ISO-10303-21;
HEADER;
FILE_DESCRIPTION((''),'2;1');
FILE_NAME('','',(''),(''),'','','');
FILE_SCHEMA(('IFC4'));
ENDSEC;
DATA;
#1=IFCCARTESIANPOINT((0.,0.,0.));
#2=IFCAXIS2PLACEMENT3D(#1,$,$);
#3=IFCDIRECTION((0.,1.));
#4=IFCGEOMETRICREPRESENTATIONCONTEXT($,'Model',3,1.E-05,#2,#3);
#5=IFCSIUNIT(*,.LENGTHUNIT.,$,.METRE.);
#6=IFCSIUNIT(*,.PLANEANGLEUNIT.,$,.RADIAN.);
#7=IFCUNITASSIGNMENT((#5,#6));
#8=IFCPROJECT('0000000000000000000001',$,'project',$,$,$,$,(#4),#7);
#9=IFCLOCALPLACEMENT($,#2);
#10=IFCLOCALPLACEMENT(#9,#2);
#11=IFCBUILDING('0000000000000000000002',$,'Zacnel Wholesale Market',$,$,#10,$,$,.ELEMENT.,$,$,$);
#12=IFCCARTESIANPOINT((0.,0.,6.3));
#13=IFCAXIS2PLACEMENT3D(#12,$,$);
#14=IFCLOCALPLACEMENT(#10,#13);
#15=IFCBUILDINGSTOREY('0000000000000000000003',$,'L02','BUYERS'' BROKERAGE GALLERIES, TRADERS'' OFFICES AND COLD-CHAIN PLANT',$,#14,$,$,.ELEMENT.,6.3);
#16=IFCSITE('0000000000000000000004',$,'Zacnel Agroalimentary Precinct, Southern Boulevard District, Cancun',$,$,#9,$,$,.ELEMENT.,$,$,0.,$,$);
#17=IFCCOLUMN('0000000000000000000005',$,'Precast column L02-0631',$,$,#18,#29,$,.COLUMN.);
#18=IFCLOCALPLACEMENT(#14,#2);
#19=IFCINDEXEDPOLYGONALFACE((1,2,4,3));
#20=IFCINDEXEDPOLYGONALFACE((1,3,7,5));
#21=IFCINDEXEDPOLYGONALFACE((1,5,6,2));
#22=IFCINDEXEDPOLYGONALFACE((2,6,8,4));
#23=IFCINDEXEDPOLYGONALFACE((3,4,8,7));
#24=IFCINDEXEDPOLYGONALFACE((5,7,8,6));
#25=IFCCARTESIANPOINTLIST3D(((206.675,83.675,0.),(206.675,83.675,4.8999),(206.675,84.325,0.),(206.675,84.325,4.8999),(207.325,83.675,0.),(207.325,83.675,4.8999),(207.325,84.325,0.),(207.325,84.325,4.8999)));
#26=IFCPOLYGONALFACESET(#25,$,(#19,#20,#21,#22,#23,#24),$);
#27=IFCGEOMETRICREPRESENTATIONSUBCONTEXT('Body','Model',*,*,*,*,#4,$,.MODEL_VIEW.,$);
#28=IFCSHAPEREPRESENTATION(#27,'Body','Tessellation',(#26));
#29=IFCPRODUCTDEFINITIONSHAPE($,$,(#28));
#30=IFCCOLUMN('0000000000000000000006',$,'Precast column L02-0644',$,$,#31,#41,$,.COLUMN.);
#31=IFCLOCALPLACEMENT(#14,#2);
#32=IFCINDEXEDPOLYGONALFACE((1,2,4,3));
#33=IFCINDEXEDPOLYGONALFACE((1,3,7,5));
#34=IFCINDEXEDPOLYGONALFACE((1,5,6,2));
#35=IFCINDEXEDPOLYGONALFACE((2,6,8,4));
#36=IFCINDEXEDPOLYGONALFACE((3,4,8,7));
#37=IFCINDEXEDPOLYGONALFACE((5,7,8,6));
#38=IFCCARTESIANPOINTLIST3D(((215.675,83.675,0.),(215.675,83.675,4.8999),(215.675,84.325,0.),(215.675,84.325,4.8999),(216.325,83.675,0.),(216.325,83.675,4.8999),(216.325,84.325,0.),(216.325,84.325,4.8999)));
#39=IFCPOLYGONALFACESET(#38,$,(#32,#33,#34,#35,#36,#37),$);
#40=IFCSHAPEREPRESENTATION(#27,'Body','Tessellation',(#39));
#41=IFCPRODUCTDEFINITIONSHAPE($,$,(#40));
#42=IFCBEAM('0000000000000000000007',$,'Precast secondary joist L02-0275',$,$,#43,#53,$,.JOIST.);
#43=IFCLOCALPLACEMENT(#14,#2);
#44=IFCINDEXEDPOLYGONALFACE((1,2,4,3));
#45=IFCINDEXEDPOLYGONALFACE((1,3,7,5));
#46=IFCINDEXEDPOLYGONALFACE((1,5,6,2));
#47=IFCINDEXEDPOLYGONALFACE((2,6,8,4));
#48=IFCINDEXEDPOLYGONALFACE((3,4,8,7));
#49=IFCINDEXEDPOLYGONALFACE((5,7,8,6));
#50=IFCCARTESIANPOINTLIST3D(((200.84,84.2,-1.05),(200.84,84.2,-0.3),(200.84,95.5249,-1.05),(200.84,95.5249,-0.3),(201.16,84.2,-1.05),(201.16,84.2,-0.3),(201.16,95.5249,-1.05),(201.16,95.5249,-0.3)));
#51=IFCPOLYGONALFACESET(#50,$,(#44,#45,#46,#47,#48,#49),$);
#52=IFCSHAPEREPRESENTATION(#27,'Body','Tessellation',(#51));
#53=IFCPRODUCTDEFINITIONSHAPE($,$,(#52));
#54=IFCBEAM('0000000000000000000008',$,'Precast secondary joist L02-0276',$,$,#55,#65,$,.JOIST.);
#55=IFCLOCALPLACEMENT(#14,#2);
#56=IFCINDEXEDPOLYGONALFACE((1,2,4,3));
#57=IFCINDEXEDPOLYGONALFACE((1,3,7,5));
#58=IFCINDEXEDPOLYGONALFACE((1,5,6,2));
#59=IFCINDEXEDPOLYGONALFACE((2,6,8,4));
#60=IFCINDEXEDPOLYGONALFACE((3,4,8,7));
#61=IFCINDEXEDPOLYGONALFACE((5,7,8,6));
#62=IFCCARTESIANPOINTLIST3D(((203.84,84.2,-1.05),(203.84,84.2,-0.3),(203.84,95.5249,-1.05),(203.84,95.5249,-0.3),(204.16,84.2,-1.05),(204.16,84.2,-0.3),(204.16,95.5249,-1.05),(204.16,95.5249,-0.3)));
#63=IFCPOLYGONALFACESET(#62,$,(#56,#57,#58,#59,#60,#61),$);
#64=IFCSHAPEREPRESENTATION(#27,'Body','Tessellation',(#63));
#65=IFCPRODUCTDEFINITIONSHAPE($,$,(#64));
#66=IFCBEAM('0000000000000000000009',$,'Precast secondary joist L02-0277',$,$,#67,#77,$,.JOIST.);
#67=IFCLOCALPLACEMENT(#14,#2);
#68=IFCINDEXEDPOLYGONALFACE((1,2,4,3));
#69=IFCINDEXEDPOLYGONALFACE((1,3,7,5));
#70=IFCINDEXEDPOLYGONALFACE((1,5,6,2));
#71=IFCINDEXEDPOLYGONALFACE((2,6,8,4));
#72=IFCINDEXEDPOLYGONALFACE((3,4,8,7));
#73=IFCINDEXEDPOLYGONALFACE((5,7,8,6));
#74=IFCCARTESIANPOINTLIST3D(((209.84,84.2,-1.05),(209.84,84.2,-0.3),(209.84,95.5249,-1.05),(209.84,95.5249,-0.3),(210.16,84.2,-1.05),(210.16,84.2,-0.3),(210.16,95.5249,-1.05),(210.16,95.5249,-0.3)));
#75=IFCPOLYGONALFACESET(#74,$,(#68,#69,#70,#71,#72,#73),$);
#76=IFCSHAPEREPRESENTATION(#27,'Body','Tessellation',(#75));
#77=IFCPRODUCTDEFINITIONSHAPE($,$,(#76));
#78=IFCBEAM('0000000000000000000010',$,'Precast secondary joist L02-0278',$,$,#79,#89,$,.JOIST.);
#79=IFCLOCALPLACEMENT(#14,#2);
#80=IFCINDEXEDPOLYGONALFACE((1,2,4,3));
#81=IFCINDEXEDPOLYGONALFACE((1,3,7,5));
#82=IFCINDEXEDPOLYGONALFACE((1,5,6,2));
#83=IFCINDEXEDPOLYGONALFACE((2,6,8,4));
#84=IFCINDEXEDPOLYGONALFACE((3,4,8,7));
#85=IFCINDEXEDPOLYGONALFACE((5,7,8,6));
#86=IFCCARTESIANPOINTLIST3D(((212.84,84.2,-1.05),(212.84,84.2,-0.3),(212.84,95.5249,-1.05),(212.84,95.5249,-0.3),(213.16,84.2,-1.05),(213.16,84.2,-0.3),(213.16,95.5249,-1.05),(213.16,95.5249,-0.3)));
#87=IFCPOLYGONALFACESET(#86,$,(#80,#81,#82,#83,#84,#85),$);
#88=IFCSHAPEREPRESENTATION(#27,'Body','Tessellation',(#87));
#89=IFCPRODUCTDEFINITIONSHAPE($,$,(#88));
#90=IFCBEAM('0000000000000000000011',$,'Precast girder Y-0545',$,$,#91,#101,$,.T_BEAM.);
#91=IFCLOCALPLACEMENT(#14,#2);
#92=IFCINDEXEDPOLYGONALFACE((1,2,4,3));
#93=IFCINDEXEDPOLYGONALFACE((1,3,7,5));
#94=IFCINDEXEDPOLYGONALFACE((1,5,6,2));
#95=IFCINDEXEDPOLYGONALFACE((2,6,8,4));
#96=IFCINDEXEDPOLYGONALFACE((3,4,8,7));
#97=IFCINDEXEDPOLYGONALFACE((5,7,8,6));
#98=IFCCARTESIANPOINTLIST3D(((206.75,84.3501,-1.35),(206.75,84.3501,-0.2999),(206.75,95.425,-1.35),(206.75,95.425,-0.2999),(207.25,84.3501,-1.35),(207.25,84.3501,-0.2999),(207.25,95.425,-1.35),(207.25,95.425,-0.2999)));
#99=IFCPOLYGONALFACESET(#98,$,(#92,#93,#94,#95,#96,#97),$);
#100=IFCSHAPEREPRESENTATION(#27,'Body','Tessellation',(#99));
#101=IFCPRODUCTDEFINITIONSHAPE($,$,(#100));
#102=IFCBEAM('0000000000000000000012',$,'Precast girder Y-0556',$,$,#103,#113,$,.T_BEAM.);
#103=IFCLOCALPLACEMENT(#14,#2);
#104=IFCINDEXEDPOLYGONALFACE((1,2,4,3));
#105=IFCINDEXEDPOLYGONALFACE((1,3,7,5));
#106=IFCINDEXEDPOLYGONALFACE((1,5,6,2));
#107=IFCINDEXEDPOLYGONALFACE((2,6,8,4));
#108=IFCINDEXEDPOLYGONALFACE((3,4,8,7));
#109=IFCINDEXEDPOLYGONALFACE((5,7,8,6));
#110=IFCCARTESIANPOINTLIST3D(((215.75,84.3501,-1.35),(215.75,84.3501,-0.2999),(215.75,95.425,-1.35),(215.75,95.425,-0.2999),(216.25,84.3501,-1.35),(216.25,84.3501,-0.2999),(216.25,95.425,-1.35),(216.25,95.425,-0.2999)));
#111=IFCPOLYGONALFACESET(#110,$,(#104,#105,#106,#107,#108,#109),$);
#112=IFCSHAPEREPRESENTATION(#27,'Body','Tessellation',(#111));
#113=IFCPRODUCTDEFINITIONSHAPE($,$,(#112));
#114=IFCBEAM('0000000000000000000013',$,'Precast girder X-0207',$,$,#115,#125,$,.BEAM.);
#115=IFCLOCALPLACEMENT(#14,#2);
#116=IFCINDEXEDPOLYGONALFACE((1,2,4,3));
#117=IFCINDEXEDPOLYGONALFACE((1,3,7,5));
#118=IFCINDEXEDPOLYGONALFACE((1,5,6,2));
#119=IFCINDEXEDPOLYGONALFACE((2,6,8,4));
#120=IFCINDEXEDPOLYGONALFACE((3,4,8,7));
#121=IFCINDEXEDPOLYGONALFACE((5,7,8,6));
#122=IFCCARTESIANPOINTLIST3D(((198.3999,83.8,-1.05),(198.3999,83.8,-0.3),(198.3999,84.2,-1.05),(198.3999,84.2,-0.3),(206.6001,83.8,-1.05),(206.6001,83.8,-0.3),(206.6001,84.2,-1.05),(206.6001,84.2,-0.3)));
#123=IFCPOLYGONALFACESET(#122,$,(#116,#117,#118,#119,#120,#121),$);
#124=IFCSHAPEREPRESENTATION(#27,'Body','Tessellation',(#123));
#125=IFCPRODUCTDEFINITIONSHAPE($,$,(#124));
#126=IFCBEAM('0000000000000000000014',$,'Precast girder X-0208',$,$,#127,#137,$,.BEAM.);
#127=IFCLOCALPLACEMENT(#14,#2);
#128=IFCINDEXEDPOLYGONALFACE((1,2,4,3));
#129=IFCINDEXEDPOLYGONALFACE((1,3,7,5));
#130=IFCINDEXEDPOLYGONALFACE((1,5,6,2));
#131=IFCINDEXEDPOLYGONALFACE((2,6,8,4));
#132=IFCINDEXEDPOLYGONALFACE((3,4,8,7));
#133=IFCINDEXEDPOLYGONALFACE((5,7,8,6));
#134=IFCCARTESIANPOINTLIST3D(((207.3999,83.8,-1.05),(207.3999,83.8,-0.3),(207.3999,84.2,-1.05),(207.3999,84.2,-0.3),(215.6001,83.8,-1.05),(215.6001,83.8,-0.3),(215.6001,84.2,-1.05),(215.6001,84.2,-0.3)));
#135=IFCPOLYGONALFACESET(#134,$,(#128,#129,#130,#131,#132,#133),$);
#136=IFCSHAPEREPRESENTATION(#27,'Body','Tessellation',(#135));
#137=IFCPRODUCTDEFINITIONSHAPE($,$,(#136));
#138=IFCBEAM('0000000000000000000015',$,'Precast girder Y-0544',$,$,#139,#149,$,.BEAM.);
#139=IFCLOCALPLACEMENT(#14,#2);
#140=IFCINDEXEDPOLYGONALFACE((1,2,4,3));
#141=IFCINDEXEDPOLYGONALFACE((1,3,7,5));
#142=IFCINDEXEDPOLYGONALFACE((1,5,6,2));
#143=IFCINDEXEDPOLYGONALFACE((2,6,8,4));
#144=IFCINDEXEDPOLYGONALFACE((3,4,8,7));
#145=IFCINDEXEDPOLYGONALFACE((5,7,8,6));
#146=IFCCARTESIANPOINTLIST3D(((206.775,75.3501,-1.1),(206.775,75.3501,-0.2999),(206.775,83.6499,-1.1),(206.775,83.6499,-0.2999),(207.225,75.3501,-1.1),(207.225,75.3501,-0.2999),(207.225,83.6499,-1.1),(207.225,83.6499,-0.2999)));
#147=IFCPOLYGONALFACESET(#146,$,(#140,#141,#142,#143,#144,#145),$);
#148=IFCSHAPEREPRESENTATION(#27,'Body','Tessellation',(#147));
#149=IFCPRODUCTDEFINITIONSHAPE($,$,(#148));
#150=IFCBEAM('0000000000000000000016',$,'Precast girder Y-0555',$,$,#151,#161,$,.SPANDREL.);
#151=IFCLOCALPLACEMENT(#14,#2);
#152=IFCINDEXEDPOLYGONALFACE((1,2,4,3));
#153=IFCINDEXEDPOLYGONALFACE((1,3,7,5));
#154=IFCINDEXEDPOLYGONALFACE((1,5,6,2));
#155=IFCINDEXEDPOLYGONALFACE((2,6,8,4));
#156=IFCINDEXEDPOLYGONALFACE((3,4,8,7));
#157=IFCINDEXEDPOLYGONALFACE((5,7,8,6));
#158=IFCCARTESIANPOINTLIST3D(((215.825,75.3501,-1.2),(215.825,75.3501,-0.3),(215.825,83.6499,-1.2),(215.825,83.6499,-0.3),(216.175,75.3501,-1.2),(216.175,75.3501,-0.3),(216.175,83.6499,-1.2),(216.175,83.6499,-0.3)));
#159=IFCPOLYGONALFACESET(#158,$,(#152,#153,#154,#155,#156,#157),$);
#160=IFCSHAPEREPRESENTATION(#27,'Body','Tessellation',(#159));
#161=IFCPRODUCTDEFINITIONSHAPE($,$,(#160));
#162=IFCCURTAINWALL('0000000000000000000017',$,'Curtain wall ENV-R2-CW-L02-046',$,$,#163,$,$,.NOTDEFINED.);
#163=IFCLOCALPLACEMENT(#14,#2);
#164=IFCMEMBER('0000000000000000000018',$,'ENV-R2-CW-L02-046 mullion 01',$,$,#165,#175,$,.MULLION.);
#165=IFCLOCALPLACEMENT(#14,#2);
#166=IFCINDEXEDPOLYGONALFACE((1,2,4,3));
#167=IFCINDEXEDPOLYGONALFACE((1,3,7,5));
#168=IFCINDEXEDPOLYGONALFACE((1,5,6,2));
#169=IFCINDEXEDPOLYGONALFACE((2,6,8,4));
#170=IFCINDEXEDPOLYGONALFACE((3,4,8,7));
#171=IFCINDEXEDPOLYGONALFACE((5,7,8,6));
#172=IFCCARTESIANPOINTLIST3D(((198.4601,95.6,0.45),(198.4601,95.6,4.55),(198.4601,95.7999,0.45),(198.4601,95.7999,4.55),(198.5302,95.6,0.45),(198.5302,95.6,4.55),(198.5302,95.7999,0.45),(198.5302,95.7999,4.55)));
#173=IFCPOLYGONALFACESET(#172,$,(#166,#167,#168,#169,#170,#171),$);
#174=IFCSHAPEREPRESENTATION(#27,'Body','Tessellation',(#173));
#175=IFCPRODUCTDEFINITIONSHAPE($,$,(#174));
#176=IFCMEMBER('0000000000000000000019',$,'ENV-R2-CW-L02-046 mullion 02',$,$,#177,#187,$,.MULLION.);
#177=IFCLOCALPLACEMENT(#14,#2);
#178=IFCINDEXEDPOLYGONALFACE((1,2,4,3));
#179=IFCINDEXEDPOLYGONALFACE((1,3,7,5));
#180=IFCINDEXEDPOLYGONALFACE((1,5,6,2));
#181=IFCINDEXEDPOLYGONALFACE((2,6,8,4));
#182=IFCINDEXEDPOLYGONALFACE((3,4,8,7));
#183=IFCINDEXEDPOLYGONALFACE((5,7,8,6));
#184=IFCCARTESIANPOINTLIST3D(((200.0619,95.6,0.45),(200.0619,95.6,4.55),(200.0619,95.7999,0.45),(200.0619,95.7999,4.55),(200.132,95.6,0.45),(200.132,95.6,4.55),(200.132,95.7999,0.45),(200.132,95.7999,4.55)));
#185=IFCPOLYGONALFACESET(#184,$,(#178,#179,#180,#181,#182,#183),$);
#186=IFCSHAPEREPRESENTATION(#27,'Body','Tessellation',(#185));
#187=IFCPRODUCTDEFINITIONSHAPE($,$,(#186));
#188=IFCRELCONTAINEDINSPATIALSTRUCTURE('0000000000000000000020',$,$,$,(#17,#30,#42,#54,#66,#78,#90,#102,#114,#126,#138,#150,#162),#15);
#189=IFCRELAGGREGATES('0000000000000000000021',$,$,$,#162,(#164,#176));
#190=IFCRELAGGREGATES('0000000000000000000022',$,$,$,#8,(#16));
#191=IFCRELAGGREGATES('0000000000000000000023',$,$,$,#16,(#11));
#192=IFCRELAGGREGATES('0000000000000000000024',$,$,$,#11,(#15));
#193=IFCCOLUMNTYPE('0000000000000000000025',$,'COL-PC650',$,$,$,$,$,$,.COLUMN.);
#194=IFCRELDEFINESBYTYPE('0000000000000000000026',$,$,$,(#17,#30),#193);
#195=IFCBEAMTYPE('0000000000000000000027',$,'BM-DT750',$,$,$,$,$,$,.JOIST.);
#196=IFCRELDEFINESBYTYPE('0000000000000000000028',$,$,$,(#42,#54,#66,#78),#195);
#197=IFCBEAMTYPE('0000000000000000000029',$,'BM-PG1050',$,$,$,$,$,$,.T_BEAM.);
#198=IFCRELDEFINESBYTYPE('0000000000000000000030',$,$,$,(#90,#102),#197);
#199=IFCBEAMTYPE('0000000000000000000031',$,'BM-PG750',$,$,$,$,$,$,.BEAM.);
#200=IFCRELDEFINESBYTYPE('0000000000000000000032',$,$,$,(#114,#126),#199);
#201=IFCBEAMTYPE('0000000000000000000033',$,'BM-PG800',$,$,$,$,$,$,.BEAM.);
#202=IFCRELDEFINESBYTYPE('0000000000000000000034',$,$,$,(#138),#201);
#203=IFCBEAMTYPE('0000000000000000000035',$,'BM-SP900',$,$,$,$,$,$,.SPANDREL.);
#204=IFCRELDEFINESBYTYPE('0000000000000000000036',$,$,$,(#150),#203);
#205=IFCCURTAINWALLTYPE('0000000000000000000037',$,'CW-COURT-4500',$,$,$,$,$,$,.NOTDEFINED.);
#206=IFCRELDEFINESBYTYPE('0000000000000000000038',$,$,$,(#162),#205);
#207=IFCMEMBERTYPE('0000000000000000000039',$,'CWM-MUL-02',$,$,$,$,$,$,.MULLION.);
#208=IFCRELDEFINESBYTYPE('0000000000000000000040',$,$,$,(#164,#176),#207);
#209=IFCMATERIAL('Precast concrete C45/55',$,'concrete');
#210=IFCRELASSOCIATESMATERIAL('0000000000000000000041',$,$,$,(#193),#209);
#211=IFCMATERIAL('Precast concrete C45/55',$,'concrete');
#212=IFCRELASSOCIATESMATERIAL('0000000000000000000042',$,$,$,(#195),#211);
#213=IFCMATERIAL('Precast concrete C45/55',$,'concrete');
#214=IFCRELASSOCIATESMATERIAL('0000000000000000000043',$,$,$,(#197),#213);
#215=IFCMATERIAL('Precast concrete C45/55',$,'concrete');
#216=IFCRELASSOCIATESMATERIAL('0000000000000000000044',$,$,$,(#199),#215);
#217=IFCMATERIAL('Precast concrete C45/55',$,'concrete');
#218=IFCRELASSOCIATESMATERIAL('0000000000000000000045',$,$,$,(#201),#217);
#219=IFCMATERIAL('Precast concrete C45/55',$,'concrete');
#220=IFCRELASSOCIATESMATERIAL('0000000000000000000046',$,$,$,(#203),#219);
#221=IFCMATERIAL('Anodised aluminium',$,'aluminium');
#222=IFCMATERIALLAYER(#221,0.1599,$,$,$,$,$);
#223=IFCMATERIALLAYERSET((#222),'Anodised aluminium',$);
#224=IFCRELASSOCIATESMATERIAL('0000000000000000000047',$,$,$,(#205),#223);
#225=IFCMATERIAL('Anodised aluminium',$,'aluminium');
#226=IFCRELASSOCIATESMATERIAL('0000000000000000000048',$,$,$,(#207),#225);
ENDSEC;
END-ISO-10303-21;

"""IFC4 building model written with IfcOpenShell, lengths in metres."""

from ifc_helpers import new_model, si_unit, direction, frame, origin, origin_2d, place, context, subcontext, project, spatial, rectangle, extrude, material, layer, layer_set, material_profile, profile_set, type_object, element, aggregate, save


model = new_model("IFC4")

# Units and contexts
model_context = context("Model", 3, precision=1e-05, world=origin(), true_north=direction((0.0, 1.0)))
body_context = subcontext(model_context, "Body", "Model", "MODEL_VIEW")
ifc_project = project(units=[si_unit("LENGTHUNIT", "METRE"), si_unit("PLANEANGLEUNIT", "RADIAN")], contexts=[model_context])

# Site, building, storey
site_placement = place(None, origin())
site = spatial("IfcSite", under=ifc_project, at=site_placement, Name="Zacnel Agroalimentary Precinct, Southern Boulevard District, Cancun", CompositionType="ELEMENT", RefElevation=0.0)
building_placement = place(site_placement, origin())
building = spatial("IfcBuilding", under=site, at=building_placement, Name="Zacnel Wholesale Market", CompositionType="ELEMENT")
storey_placement = place(building_placement, frame((0.0, 0.0, 6.3)))
storey = spatial("IfcBuildingStorey", under=building, at=storey_placement, Name="L02", Description="BUYERS' BROKERAGE GALLERIES, TRADERS' OFFICES AND COLD-CHAIN PLANT", CompositionType="ELEMENT", Elevation=6.3)

# Columns
ifc_material_1 = material(Name="Precast concrete C45/55", Category="concrete")
ifc_material_profile_1 = material_profile(ifc_material_1, rectangle(XDim=0.6499, YDim=0.6499, at=origin_2d()), Name="PC 650x650")
ifc_profile_set_1 = profile_set([ifc_material_profile_1], Name="Precast concrete C45/55")
column_type = type_object("IfcColumnType", Name="COL-PC650", PredefinedType="COLUMN", material=ifc_profile_set_1)
for number, where, z_axis, x_axis, name in (
    (1, (207.0, 84.0, 0.0), (0.0, 0.0, 1.0), (1.0, 0.0, 0.0), "Precast column L02-0631"),
    (2, (216.0, 84.0, 0.0), (0.0, 0.0, 1.0), (1.0, 0.0, 0.0), "Precast column L02-0644"),
):
    element("IfcColumn", number, at=place(storey_placement, frame(where, z_axis=z_axis, x_axis=x_axis)), inside=storey, type_object=column_type, Name=name, PredefinedType="COLUMN", context=body_context, shape_type="SweptSolid", body=[
        extrude(rectangle(XDim=0.6499, YDim=0.6499, at=origin_2d()), origin(), (0.0, 0.0, 1.0), 4.8999),
    ])

# Beams
ifc_material_2 = material(Name="Precast concrete C45/55", Category="concrete")
ifc_material_profile_2 = material_profile(ifc_material_2, rectangle(XDim=0.3201, YDim=0.75, at=origin_2d()), Name="DT RIB 320x750")
ifc_profile_set_2 = profile_set([ifc_material_profile_2], Name="Precast concrete C45/55")
beam_type_1 = type_object("IfcBeamType", Name="BM-DT750", PredefinedType="JOIST", material=ifc_profile_set_2)
for number, where, z_axis, x_axis, name in (
    (3, (201.0, 84.2, -0.675), (0.0, 1.0, 0.0), (-1.0, 0.0, 0.0), "Precast secondary joist L02-0275"),
    (4, (204.0, 84.2, -0.675), (0.0, 1.0, 0.0), (-1.0, 0.0, 0.0), "Precast secondary joist L02-0276"),
    (5, (210.0, 84.2, -0.675), (0.0, 1.0, 0.0), (-1.0, 0.0, 0.0), "Precast secondary joist L02-0277"),
    (6, (213.0, 84.2, -0.675), (0.0, 1.0, 0.0), (-1.0, 0.0, 0.0), "Precast secondary joist L02-0278"),
):
    element("IfcBeam", number, at=place(storey_placement, frame(where, z_axis=z_axis, x_axis=x_axis)), inside=storey, type_object=beam_type_1, Name=name, PredefinedType="JOIST", context=body_context, shape_type="SweptSolid", body=[
        extrude(rectangle(XDim=0.3201, YDim=0.75, at=origin_2d()), origin(), (0.0, 0.0, 1.0), 11.325),
    ])
ifc_material_3 = material(Name="Precast concrete C45/55", Category="concrete")
ifc_material_profile_3 = material_profile(ifc_material_3, rectangle(XDim=0.5, YDim=1.05, at=origin_2d()), Name="PG 500x1050")
ifc_profile_set_3 = profile_set([ifc_material_profile_3], Name="Precast concrete C45/55")
beam_type_2 = type_object("IfcBeamType", Name="BM-PG1050", PredefinedType="T_BEAM", material=ifc_profile_set_3)
for number, where, z_axis, x_axis, name in (
    (7, (207.0, 84.3501, -0.825), (0.0, 1.0, 0.0), (-1.0, 0.0, 0.0), "Precast girder Y-0545"),
    (8, (216.0, 84.3501, -0.825), (0.0, 1.0, 0.0), (-1.0, 0.0, 0.0), "Precast girder Y-0556"),
):
    element("IfcBeam", number, at=place(storey_placement, frame(where, z_axis=z_axis, x_axis=x_axis)), inside=storey, type_object=beam_type_2, Name=name, PredefinedType="T_BEAM", context=body_context, shape_type="SweptSolid", body=[
        extrude(rectangle(XDim=0.5, YDim=1.05, at=origin_2d()), origin(), (0.0, 0.0, 1.0), 11.075),
    ])
ifc_material_4 = material(Name="Precast concrete C45/55", Category="concrete")
ifc_material_profile_4 = material_profile(ifc_material_4, rectangle(XDim=0.3999, YDim=0.75, at=origin_2d()), Name="PG 400x750")
ifc_profile_set_4 = profile_set([ifc_material_profile_4], Name="Precast concrete C45/55")
beam_type_3 = type_object("IfcBeamType", Name="BM-PG750", PredefinedType="BEAM", material=ifc_profile_set_4)
for number, where, z_axis, x_axis, name in (
    (9, (198.3999, 84.0, -0.675), (1.0, 0.0, 0.0), (0.0, 1.0, 0.0), "Precast girder X-0207"),
    (10, (207.3999, 84.0, -0.675), (1.0, 0.0, 0.0), (0.0, 1.0, 0.0), "Precast girder X-0208"),
):
    element("IfcBeam", number, at=place(storey_placement, frame(where, z_axis=z_axis, x_axis=x_axis)), inside=storey, type_object=beam_type_3, Name=name, PredefinedType="BEAM", context=body_context, shape_type="SweptSolid", body=[
        extrude(rectangle(XDim=0.3999, YDim=0.75, at=origin_2d()), origin(), (0.0, 0.0, 1.0), 8.2002),
    ])
ifc_material_5 = material(Name="Precast concrete C45/55", Category="concrete")
ifc_material_profile_5 = material_profile(ifc_material_5, rectangle(XDim=0.45, YDim=0.8, at=origin_2d()), Name="PG 450x800")
ifc_profile_set_5 = profile_set([ifc_material_profile_5], Name="Precast concrete C45/55")
beam_type_4 = type_object("IfcBeamType", Name="BM-PG800", PredefinedType="BEAM", material=ifc_profile_set_5)
beam_1_placement = place(storey_placement, frame((207.0, 75.3501, -0.7), z_axis=(0.0, 1.0, 0.0), x_axis=(-1.0, 0.0, 0.0)))
element("IfcBeam", 11, at=beam_1_placement, inside=storey, type_object=beam_type_4, Name="Precast girder Y-0544", PredefinedType="BEAM", context=body_context, shape_type="SweptSolid", body=[
    extrude(rectangle(XDim=0.45, YDim=0.8, at=origin_2d()), origin(), (0.0, 0.0, 1.0), 8.2998),
])
ifc_material_6 = material(Name="Precast concrete C45/55", Category="concrete")
ifc_material_profile_6 = material_profile(ifc_material_6, rectangle(XDim=0.3501, YDim=0.8999, at=origin_2d()), Name="SP 350x900")
ifc_profile_set_6 = profile_set([ifc_material_profile_6], Name="Precast concrete C45/55")
beam_type_5 = type_object("IfcBeamType", Name="BM-SP900", PredefinedType="SPANDREL", material=ifc_profile_set_6)
beam_2_placement = place(storey_placement, frame((216.0, 75.3501, -0.75), z_axis=(0.0, 1.0, 0.0), x_axis=(-1.0, 0.0, 0.0)))
element("IfcBeam", 12, at=beam_2_placement, inside=storey, type_object=beam_type_5, Name="Precast girder Y-0555", PredefinedType="SPANDREL", context=body_context, shape_type="SweptSolid", body=[
    extrude(rectangle(XDim=0.3501, YDim=0.8999, at=origin_2d()), origin(), (0.0, 0.0, 1.0), 8.2998),
])

# Curtain wall, members
ifc_material_7 = material(Name="Anodised aluminium", Category="aluminium")
ifc_layer_1 = layer(ifc_material_7, 0.1599)
ifc_layer_set_1 = layer_set([ifc_layer_1], Name="Anodised aluminium")
curtain_wall_type = type_object("IfcCurtainWallType", Name="CW-COURT-4500", PredefinedType="NOTDEFINED", material=ifc_layer_set_1)
curtain_wall_placement = place(storey_placement, origin())
curtain_wall = element("IfcCurtainWall", 13, at=curtain_wall_placement, inside=storey, type_object=curtain_wall_type, Name="Curtain wall ENV-R2-CW-L02-046", PredefinedType="NOTDEFINED")
ifc_material_8 = material(Name="Anodised aluminium", Category="aluminium")
ifc_material_profile_7 = material_profile(ifc_material_8, rectangle(XDim=0.0701, YDim=0.2, at=origin_2d()), Name="AW-MULLION 70x200")
ifc_profile_set_7 = profile_set([ifc_material_profile_7], Name="Anodised aluminium")
member_type_1 = type_object("IfcMemberType", Name="CWM-MUL-02", PredefinedType="MULLION", material=ifc_profile_set_7)
member_1_placement = place(storey_placement, frame((198.4951, 95.7, 0.45), z_axis=(0.0, 0.0, 1.0), x_axis=(1.0, 0.0, 0.0)))
member_1 = element("IfcMember", 14, at=member_1_placement, type_object=member_type_1, Name="ENV-R2-CW-L02-046 mullion 01", PredefinedType="MULLION", context=body_context, shape_type="SweptSolid", body=[
    extrude(rectangle(XDim=0.0701, YDim=0.2, at=origin_2d()), origin(), (0.0, 0.0, 1.0), 4.1001),
])
member_2_placement = place(storey_placement, frame((200.0969, 95.7, 0.45), z_axis=(0.0, 0.0, 1.0), x_axis=(1.0, 0.0, 0.0)))
member_2 = element("IfcMember", 15, at=member_2_placement, type_object=member_type_1, Name="ENV-R2-CW-L02-046 mullion 02", PredefinedType="MULLION", context=body_context, shape_type="SweptSolid", body=[
    extrude(rectangle(XDim=0.0701, YDim=0.2, at=origin_2d()), origin(), (0.0, 0.0, 1.0), 4.1001),
])
aggregate(curtain_wall, [member_1, member_2])

save(model, "model.ifc")
